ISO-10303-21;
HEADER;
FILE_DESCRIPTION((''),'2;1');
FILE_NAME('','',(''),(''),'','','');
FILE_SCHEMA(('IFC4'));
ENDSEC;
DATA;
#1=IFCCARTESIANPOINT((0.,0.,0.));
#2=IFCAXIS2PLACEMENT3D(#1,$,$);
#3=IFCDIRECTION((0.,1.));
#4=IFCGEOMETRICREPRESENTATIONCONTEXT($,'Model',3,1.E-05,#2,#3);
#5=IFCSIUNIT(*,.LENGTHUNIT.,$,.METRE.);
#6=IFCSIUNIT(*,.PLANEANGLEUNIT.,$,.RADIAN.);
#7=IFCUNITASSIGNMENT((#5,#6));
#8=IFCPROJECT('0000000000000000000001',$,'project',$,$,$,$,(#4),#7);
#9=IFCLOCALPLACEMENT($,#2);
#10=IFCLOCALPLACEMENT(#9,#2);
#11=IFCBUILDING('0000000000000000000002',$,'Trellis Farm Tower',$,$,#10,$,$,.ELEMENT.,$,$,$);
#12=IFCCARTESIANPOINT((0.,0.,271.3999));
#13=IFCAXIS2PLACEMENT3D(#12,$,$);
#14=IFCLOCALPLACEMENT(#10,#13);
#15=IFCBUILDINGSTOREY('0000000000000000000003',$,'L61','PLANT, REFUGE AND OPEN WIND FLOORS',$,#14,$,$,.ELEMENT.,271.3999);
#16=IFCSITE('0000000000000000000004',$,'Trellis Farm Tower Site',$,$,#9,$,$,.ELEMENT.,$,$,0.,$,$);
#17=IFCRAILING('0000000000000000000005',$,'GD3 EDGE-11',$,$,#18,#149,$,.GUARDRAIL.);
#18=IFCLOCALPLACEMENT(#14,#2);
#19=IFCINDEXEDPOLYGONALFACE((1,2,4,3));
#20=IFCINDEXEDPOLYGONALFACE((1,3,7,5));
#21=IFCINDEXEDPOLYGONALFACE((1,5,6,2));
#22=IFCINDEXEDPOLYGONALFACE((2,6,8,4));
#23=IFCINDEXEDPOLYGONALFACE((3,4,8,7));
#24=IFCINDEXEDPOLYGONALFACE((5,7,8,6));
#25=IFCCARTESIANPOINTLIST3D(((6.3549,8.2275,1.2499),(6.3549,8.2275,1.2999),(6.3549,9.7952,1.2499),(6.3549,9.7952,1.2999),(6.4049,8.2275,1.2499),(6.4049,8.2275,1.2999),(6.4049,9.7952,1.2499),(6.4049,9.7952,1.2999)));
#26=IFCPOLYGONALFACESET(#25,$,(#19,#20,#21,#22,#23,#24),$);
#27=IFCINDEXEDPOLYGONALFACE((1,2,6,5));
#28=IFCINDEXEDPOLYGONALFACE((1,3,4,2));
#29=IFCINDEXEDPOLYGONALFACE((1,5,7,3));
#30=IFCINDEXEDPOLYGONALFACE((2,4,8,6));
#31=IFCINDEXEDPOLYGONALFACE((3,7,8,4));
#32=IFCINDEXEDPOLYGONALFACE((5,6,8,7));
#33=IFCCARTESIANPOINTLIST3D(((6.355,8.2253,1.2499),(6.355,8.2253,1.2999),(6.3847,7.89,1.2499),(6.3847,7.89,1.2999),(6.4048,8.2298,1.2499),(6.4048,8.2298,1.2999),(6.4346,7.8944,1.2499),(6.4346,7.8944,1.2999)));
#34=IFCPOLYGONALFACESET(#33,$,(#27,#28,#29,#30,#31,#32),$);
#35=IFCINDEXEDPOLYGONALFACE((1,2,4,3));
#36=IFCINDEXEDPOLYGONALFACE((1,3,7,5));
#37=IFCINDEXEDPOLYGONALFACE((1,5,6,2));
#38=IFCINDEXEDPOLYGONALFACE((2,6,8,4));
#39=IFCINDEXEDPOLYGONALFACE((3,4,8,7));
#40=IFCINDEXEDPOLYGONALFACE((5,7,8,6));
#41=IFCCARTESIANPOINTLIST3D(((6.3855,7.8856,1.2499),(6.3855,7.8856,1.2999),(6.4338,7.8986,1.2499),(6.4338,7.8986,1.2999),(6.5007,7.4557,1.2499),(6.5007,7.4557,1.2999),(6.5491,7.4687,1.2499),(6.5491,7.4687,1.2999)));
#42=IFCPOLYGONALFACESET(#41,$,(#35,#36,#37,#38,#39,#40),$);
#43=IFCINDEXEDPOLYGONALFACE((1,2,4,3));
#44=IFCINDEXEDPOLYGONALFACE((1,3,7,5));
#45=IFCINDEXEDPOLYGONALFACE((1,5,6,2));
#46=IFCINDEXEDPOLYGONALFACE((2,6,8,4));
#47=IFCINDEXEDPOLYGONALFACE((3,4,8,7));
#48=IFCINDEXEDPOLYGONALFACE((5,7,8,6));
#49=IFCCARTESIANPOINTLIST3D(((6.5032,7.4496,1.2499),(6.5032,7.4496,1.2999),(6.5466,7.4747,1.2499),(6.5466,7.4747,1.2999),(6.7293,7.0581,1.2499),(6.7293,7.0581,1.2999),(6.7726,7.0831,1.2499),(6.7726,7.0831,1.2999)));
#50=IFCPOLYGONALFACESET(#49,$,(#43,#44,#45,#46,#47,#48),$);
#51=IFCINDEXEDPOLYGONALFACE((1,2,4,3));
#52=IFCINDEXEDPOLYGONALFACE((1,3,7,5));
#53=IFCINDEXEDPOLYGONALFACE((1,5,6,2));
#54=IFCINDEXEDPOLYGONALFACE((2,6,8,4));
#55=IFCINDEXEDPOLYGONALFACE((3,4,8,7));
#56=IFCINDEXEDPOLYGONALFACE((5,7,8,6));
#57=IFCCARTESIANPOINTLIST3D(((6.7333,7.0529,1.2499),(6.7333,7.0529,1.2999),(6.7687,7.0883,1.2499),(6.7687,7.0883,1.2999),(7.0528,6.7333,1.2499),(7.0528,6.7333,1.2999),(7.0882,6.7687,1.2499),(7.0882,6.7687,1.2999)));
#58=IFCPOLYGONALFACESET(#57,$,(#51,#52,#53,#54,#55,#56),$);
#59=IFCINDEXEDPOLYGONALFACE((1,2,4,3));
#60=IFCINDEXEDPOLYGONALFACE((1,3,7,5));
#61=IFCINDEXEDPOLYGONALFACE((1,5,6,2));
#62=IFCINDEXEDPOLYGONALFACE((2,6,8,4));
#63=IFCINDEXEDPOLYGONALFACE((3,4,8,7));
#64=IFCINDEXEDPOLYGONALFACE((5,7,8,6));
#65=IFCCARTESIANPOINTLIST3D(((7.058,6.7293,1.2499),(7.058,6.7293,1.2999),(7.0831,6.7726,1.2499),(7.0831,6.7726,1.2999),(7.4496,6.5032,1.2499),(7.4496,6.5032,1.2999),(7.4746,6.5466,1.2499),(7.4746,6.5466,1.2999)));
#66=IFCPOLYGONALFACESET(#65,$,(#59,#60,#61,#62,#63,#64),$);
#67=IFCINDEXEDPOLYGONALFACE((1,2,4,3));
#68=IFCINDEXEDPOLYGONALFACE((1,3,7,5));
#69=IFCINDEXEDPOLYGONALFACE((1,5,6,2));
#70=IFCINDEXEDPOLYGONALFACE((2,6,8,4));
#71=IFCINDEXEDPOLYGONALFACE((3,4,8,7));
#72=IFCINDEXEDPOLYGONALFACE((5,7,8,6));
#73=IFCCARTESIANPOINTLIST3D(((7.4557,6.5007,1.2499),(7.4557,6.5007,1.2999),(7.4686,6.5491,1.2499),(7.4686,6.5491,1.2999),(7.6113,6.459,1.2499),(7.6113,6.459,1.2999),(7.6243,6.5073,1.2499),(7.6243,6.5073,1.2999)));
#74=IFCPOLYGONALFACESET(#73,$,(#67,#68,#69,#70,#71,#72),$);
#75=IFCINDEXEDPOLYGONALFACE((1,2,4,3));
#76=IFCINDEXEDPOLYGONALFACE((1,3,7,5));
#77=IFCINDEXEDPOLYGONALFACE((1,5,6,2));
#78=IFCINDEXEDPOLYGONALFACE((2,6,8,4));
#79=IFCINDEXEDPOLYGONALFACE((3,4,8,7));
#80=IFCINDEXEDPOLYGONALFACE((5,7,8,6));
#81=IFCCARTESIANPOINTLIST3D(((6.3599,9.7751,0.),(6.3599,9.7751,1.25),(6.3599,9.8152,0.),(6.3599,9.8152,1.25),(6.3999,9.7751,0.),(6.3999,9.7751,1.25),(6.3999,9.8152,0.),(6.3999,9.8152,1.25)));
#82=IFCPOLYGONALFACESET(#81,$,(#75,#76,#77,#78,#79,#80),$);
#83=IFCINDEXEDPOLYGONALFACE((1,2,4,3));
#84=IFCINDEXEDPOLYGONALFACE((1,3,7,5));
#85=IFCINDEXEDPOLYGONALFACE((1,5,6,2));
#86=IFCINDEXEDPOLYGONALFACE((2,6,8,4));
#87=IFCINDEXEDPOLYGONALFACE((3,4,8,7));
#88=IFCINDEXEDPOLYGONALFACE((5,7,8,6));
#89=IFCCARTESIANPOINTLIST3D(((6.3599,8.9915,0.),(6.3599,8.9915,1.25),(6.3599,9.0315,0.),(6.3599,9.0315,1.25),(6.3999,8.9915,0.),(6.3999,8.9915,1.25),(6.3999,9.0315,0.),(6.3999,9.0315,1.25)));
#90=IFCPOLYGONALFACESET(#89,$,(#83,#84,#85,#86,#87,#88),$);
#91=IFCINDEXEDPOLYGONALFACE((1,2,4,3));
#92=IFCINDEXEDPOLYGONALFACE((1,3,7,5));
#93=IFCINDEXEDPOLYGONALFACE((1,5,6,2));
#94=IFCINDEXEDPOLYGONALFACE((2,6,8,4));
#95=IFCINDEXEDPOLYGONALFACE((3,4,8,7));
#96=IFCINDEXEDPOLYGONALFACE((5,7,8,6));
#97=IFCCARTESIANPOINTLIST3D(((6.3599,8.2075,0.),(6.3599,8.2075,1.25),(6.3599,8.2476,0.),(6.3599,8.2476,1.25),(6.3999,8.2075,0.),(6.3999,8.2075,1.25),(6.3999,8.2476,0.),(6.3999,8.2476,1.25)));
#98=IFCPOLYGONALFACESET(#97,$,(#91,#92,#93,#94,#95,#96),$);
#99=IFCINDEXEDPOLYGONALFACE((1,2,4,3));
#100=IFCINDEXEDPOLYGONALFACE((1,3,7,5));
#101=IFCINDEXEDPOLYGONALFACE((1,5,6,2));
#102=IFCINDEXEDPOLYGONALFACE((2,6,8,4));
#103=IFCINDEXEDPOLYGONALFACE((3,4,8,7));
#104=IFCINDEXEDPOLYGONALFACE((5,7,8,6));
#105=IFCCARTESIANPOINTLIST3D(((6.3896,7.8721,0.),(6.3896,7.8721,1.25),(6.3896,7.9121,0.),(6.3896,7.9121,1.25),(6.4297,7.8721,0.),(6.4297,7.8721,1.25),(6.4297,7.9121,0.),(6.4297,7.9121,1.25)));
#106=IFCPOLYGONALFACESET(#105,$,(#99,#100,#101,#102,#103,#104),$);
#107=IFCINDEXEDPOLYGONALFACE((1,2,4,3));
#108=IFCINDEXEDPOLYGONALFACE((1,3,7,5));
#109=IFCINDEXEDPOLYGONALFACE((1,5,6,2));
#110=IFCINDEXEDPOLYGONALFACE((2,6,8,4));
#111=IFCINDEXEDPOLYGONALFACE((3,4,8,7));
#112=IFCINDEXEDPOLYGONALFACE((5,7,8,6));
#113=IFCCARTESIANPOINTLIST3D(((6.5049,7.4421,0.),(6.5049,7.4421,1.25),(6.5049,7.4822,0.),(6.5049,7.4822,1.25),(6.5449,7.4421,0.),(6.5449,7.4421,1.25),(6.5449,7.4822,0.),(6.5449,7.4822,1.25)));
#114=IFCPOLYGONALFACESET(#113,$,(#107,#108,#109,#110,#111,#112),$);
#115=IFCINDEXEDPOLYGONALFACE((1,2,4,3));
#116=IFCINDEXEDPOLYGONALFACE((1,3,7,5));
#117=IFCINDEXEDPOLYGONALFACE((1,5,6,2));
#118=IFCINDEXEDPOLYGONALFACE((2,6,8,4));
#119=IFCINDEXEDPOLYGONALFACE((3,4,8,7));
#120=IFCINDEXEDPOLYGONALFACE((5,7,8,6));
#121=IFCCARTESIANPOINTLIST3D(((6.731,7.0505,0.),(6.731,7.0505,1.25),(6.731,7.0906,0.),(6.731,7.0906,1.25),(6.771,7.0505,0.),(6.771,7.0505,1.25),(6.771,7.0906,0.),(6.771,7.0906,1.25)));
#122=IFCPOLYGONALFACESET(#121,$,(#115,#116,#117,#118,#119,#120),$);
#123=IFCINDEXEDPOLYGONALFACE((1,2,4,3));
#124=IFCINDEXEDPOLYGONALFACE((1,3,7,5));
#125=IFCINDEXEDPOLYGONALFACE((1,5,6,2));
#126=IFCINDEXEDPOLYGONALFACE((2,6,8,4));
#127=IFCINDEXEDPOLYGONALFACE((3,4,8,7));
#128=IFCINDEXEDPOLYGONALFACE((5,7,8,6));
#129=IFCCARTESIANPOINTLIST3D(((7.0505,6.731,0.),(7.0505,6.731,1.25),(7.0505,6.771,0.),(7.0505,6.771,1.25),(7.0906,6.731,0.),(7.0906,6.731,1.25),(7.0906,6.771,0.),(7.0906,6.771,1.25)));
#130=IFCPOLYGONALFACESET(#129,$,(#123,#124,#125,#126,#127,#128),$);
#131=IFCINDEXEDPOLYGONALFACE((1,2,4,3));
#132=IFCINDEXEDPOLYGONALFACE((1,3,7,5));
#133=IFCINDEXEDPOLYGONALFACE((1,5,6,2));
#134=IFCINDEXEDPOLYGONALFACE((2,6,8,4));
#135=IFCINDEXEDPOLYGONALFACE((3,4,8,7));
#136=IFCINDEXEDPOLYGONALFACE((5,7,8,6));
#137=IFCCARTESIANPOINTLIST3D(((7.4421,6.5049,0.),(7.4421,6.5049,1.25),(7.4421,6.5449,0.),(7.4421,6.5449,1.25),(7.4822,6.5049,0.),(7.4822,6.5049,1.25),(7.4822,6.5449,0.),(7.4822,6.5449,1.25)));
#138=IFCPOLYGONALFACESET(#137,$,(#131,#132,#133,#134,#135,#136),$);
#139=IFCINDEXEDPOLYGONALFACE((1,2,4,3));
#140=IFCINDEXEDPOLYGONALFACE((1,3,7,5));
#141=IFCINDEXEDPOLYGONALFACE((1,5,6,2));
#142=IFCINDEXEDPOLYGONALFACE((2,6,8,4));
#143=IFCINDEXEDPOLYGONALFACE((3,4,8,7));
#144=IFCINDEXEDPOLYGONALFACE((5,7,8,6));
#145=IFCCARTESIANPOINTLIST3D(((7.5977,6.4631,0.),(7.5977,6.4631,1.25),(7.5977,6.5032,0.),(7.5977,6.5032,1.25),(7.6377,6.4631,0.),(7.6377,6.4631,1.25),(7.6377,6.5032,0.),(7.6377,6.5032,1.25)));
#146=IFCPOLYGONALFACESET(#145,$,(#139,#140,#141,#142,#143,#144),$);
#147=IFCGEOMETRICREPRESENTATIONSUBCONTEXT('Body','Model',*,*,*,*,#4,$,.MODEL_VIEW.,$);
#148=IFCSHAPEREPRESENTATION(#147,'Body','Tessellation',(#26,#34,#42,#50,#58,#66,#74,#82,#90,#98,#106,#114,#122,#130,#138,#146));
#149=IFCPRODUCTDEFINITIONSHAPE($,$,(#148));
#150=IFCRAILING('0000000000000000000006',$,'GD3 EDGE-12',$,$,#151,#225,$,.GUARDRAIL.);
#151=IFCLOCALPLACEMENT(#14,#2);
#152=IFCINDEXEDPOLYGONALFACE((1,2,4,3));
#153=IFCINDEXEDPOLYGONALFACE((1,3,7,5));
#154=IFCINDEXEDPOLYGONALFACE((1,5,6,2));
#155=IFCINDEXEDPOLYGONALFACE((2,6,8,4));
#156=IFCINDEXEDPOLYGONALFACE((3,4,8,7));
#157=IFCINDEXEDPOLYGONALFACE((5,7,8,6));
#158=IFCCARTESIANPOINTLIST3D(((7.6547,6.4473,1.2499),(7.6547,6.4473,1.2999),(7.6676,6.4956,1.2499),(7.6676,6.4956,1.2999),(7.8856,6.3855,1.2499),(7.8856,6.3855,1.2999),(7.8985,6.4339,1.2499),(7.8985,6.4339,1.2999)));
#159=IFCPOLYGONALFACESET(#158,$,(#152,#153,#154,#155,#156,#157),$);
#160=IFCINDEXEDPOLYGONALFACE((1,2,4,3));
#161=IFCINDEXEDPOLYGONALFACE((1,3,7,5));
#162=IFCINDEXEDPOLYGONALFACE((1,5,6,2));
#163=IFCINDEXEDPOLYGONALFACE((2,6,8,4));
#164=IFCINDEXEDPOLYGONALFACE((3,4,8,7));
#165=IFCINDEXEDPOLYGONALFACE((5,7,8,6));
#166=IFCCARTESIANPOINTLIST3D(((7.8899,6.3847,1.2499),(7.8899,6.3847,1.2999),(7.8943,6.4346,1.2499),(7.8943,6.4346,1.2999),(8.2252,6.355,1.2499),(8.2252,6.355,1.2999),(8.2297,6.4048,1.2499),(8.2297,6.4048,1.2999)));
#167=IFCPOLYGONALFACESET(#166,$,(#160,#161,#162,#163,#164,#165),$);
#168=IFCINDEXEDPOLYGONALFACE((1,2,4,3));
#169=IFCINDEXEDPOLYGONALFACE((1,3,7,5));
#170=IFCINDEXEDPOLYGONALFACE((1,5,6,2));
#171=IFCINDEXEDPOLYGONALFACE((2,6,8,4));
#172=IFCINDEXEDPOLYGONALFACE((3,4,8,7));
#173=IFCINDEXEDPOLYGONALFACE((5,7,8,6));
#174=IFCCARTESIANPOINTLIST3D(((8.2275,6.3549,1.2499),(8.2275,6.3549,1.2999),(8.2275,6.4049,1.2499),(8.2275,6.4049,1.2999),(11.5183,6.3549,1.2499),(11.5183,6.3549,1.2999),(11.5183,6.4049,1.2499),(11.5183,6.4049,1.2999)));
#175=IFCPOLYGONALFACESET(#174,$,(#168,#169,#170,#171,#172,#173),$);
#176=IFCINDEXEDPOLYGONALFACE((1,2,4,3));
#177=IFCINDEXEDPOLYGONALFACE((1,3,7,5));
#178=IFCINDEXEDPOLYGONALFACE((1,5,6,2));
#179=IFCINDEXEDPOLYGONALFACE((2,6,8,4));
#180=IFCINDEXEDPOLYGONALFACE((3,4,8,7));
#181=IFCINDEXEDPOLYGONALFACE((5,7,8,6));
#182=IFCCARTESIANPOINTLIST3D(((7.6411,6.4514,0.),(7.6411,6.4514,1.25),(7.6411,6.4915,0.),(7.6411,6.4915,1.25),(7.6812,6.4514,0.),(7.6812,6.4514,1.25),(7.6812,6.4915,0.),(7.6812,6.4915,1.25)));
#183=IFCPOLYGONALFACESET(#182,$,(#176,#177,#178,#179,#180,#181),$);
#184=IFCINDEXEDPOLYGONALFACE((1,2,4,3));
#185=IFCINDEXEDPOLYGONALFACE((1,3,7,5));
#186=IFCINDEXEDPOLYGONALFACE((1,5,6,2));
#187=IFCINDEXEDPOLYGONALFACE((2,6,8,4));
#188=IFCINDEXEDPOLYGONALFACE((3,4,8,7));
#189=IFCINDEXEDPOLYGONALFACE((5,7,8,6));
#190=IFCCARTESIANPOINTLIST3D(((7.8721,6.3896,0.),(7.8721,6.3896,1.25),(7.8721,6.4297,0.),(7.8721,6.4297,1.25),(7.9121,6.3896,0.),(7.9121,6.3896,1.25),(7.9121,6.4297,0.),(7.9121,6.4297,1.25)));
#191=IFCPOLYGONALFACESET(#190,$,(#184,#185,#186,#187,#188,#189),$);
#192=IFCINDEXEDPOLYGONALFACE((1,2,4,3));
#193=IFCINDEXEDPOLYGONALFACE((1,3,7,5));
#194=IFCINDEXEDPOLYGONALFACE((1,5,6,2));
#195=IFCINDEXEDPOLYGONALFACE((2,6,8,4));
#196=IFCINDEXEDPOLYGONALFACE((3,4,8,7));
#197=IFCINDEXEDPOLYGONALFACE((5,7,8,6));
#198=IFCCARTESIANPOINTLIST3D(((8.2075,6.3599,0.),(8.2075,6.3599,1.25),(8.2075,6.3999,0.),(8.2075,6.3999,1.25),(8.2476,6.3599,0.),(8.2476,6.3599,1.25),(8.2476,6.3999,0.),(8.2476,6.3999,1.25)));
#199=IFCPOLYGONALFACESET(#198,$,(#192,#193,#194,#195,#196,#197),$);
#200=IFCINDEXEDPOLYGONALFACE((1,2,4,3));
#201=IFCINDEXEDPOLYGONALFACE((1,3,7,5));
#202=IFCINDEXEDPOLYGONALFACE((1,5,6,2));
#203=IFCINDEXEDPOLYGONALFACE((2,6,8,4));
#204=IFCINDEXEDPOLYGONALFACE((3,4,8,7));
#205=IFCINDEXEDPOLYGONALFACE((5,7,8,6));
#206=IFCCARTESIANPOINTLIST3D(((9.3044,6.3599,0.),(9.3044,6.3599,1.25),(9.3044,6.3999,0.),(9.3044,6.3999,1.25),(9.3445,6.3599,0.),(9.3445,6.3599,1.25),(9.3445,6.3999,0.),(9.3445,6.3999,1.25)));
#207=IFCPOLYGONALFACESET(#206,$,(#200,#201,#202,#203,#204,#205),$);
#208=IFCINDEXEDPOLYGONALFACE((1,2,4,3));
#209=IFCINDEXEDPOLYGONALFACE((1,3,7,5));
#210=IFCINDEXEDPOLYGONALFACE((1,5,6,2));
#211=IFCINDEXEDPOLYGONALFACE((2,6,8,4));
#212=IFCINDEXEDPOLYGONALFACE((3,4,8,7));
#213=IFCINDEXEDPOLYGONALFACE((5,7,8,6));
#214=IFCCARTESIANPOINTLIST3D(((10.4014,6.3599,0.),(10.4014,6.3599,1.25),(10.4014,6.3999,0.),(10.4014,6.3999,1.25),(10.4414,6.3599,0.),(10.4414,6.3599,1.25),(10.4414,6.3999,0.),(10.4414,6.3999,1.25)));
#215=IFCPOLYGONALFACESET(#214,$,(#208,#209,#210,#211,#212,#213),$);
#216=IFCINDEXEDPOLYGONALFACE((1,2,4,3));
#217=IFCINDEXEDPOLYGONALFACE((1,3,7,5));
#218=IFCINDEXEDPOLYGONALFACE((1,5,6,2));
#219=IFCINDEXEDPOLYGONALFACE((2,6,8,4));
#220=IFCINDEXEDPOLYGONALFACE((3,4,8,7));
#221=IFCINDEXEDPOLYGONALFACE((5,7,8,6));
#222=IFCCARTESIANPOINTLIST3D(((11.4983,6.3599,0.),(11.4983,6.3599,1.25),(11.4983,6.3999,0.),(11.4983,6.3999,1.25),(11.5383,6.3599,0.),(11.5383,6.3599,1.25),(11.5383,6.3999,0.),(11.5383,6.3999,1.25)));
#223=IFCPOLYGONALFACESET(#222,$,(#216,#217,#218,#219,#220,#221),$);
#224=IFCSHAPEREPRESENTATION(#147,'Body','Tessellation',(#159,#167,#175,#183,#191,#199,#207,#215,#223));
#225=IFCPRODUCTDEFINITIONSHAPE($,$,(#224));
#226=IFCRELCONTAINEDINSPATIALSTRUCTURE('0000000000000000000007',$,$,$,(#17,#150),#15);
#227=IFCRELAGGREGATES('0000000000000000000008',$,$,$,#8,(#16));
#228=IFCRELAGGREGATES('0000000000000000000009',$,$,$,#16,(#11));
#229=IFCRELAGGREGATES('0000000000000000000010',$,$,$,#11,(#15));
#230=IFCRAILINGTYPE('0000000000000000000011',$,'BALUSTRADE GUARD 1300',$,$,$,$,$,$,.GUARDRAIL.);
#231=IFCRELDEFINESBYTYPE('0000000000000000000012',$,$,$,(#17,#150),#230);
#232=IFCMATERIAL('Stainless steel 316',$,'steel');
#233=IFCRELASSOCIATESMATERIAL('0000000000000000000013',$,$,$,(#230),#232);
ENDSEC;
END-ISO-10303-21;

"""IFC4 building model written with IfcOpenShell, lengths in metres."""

from ifc_helpers import new_model, si_unit, direction, frame, origin, origin_2d, place, context, subcontext, project, spatial, rectangle, extrude, material, type_object, element, save


model = new_model("IFC4")

# Units and contexts
model_context = context("Model", 3, precision=1e-05, world=origin(), true_north=direction((0.0, 1.0)))
body_context = subcontext(model_context, "Body", "Model", "MODEL_VIEW")
ifc_project = project(units=[si_unit("LENGTHUNIT", "METRE"), si_unit("PLANEANGLEUNIT", "RADIAN")], contexts=[model_context])

# Site, building, storey
site_placement = place(None, origin())
site = spatial("IfcSite", under=ifc_project, at=site_placement, Name="Trellis Farm Tower Site", CompositionType="ELEMENT", RefElevation=0.0)
building_placement = place(site_placement, origin())
building = spatial("IfcBuilding", under=site, at=building_placement, Name="Trellis Farm Tower", CompositionType="ELEMENT")
storey_placement = place(building_placement, frame((0.0, 0.0, 271.3999)))
storey = spatial("IfcBuildingStorey", under=building, at=storey_placement, Name="L61", Description="PLANT, REFUGE AND OPEN WIND FLOORS", CompositionType="ELEMENT", Elevation=271.3999)

# Railings
ifc_material_1 = material(Name="Stainless steel 316", Category="steel")
railing_type = type_object("IfcRailingType", Name="BALUSTRADE GUARD 1300", PredefinedType="GUARDRAIL", material=ifc_material_1)
railing_1_placement = place(storey_placement, frame((6.3799, 9.7952, 0.0)))
element("IfcRailing", 1, at=railing_1_placement, inside=storey, type_object=railing_type, Name="GD3 EDGE-11", PredefinedType="GUARDRAIL", context=body_context, shape_type="SweptSolid", body=[
    extrude(rectangle(XDim=0.05, YDim=0.05, at=origin_2d()), frame((0.0, 0.0, 1.2749), z_axis=(0.0, -1.0, 0.0), x_axis=(1.0, 0.0, 0.0)), (0.0, 0.0, 1.0), 1.5676),
    extrude(rectangle(XDim=0.05, YDim=0.05, at=origin_2d()), frame((0.0, -1.5676, 1.2749), z_axis=(0.088444, -0.996081, 0.0), x_axis=(0.996081, 0.088444, 0.0)), (0.0, 0.0, 1.0), 0.3367),
    extrude(rectangle(XDim=0.05, YDim=0.05, at=origin_2d()), frame((0.0298, -1.9031, 1.2749), z_axis=(0.258891, -0.965906, 0.0), x_axis=(0.965906, 0.258891, 0.0)), (0.0, 0.0, 1.0), 0.4451),
    extrude(rectangle(XDim=0.05, YDim=0.05, at=origin_2d()), frame((0.145, -2.333, 1.2749), z_axis=(0.499972, -0.866042, 0.0), x_axis=(0.866042, 0.499972, 0.0)), (0.0, 0.0, 1.0), 0.4521),
    extrude(rectangle(XDim=0.05, YDim=0.05, at=origin_2d()), frame((0.3711, -2.7246, 1.2749), z_axis=(0.707107, -0.707107, 0.0), x_axis=(0.707107, 0.707107, 0.0)), (0.0, 0.0, 1.0), 0.4519),
    extrude(rectangle(XDim=0.05, YDim=0.05, at=origin_2d()), frame((0.6907, -3.0442, 1.2749), z_axis=(0.866042, -0.499972, 0.0), x_axis=(0.499972, 0.866042, 0.0)), (0.0, 0.0, 1.0), 0.4521),
    extrude(rectangle(XDim=0.05, YDim=0.05, at=origin_2d()), frame((1.0823, -3.2703, 1.2749), z_axis=(0.965806, -0.259267, 0.0), x_axis=(0.259267, 0.965806, 0.0)), (0.0, 0.0, 1.0), 0.1611),
    extrude(rectangle(XDim=0.04, YDim=0.04, at=origin_2d()), origin(), (0.0, 0.0, 1.0), 1.25),
    extrude(rectangle(XDim=0.04, YDim=0.04, at=origin_2d()), frame((0.0, -0.7837, 0.0)), (0.0, 0.0, 1.0), 1.25),
    extrude(rectangle(XDim=0.04, YDim=0.04, at=origin_2d()), frame((0.0, -1.5676, 0.0)), (0.0, 0.0, 1.0), 1.25),
    extrude(rectangle(XDim=0.04, YDim=0.04, at=origin_2d()), frame((0.0298, -1.9031, 0.0)), (0.0, 0.0, 1.0), 1.25),
    extrude(rectangle(XDim=0.04, YDim=0.04, at=origin_2d()), frame((0.145, -2.333, 0.0)), (0.0, 0.0, 1.0), 1.25),
    extrude(rectangle(XDim=0.04, YDim=0.04, at=origin_2d()), frame((0.3711, -2.7246, 0.0)), (0.0, 0.0, 1.0), 1.25),
    extrude(rectangle(XDim=0.04, YDim=0.04, at=origin_2d()), frame((0.6907, -3.0442, 0.0)), (0.0, 0.0, 1.0), 1.25),
    extrude(rectangle(XDim=0.04, YDim=0.04, at=origin_2d()), frame((1.0823, -3.2703, 0.0)), (0.0, 0.0, 1.0), 1.25),
    extrude(rectangle(XDim=0.04, YDim=0.04, at=origin_2d()), frame((1.2378, -3.312, 0.0)), (0.0, 0.0, 1.0), 1.25),
])
railing_2_placement = place(storey_placement, frame((7.6611, 6.4714, 0.0)))
element("IfcRailing", 2, at=railing_2_placement, inside=storey, type_object=railing_type, Name="GD3 EDGE-12", PredefinedType="GUARDRAIL", context=body_context, shape_type="SweptSolid", body=[
    extrude(rectangle(XDim=0.05, YDim=0.05, at=origin_2d()), frame((0.0, 0.0, 1.2749), z_axis=(0.966048, -0.258362, 0.0), x_axis=(0.258362, 0.966048, 0.0)), (0.0, 0.0, 1.0), 0.239),
    extrude(rectangle(XDim=0.05, YDim=0.05, at=origin_2d()), frame((0.231, -0.0618, 1.2749), z_axis=(0.996081, -0.088444, 0.0), x_axis=(0.088444, 0.996081, 0.0)), (0.0, 0.0, 1.0), 0.3367),
    extrude(rectangle(XDim=0.05, YDim=0.05, at=origin_2d()), frame((0.5664, -0.0916, 1.2749), z_axis=(1.0, 0.0, 0.0), x_axis=(0.0, 1.0, 0.0)), (0.0, 0.0, 1.0), 3.2908),
    extrude(rectangle(XDim=0.04, YDim=0.04, at=origin_2d()), origin(), (0.0, 0.0, 1.0), 1.25),
    extrude(rectangle(XDim=0.04, YDim=0.04, at=origin_2d()), frame((0.231, -0.0618, 0.0)), (0.0, 0.0, 1.0), 1.25),
    extrude(rectangle(XDim=0.04, YDim=0.04, at=origin_2d()), frame((0.5664, -0.0916, 0.0)), (0.0, 0.0, 1.0), 1.25),
    extrude(rectangle(XDim=0.04, YDim=0.04, at=origin_2d()), frame((1.6633, -0.0916, 0.0)), (0.0, 0.0, 1.0), 1.25),
    extrude(rectangle(XDim=0.04, YDim=0.04, at=origin_2d()), frame((2.7603, -0.0916, 0.0)), (0.0, 0.0, 1.0), 1.25),
    extrude(rectangle(XDim=0.04, YDim=0.04, at=origin_2d()), frame((3.8572, -0.0916, 0.0)), (0.0, 0.0, 1.0), 1.25),
])

save(model, "model.ifc")
